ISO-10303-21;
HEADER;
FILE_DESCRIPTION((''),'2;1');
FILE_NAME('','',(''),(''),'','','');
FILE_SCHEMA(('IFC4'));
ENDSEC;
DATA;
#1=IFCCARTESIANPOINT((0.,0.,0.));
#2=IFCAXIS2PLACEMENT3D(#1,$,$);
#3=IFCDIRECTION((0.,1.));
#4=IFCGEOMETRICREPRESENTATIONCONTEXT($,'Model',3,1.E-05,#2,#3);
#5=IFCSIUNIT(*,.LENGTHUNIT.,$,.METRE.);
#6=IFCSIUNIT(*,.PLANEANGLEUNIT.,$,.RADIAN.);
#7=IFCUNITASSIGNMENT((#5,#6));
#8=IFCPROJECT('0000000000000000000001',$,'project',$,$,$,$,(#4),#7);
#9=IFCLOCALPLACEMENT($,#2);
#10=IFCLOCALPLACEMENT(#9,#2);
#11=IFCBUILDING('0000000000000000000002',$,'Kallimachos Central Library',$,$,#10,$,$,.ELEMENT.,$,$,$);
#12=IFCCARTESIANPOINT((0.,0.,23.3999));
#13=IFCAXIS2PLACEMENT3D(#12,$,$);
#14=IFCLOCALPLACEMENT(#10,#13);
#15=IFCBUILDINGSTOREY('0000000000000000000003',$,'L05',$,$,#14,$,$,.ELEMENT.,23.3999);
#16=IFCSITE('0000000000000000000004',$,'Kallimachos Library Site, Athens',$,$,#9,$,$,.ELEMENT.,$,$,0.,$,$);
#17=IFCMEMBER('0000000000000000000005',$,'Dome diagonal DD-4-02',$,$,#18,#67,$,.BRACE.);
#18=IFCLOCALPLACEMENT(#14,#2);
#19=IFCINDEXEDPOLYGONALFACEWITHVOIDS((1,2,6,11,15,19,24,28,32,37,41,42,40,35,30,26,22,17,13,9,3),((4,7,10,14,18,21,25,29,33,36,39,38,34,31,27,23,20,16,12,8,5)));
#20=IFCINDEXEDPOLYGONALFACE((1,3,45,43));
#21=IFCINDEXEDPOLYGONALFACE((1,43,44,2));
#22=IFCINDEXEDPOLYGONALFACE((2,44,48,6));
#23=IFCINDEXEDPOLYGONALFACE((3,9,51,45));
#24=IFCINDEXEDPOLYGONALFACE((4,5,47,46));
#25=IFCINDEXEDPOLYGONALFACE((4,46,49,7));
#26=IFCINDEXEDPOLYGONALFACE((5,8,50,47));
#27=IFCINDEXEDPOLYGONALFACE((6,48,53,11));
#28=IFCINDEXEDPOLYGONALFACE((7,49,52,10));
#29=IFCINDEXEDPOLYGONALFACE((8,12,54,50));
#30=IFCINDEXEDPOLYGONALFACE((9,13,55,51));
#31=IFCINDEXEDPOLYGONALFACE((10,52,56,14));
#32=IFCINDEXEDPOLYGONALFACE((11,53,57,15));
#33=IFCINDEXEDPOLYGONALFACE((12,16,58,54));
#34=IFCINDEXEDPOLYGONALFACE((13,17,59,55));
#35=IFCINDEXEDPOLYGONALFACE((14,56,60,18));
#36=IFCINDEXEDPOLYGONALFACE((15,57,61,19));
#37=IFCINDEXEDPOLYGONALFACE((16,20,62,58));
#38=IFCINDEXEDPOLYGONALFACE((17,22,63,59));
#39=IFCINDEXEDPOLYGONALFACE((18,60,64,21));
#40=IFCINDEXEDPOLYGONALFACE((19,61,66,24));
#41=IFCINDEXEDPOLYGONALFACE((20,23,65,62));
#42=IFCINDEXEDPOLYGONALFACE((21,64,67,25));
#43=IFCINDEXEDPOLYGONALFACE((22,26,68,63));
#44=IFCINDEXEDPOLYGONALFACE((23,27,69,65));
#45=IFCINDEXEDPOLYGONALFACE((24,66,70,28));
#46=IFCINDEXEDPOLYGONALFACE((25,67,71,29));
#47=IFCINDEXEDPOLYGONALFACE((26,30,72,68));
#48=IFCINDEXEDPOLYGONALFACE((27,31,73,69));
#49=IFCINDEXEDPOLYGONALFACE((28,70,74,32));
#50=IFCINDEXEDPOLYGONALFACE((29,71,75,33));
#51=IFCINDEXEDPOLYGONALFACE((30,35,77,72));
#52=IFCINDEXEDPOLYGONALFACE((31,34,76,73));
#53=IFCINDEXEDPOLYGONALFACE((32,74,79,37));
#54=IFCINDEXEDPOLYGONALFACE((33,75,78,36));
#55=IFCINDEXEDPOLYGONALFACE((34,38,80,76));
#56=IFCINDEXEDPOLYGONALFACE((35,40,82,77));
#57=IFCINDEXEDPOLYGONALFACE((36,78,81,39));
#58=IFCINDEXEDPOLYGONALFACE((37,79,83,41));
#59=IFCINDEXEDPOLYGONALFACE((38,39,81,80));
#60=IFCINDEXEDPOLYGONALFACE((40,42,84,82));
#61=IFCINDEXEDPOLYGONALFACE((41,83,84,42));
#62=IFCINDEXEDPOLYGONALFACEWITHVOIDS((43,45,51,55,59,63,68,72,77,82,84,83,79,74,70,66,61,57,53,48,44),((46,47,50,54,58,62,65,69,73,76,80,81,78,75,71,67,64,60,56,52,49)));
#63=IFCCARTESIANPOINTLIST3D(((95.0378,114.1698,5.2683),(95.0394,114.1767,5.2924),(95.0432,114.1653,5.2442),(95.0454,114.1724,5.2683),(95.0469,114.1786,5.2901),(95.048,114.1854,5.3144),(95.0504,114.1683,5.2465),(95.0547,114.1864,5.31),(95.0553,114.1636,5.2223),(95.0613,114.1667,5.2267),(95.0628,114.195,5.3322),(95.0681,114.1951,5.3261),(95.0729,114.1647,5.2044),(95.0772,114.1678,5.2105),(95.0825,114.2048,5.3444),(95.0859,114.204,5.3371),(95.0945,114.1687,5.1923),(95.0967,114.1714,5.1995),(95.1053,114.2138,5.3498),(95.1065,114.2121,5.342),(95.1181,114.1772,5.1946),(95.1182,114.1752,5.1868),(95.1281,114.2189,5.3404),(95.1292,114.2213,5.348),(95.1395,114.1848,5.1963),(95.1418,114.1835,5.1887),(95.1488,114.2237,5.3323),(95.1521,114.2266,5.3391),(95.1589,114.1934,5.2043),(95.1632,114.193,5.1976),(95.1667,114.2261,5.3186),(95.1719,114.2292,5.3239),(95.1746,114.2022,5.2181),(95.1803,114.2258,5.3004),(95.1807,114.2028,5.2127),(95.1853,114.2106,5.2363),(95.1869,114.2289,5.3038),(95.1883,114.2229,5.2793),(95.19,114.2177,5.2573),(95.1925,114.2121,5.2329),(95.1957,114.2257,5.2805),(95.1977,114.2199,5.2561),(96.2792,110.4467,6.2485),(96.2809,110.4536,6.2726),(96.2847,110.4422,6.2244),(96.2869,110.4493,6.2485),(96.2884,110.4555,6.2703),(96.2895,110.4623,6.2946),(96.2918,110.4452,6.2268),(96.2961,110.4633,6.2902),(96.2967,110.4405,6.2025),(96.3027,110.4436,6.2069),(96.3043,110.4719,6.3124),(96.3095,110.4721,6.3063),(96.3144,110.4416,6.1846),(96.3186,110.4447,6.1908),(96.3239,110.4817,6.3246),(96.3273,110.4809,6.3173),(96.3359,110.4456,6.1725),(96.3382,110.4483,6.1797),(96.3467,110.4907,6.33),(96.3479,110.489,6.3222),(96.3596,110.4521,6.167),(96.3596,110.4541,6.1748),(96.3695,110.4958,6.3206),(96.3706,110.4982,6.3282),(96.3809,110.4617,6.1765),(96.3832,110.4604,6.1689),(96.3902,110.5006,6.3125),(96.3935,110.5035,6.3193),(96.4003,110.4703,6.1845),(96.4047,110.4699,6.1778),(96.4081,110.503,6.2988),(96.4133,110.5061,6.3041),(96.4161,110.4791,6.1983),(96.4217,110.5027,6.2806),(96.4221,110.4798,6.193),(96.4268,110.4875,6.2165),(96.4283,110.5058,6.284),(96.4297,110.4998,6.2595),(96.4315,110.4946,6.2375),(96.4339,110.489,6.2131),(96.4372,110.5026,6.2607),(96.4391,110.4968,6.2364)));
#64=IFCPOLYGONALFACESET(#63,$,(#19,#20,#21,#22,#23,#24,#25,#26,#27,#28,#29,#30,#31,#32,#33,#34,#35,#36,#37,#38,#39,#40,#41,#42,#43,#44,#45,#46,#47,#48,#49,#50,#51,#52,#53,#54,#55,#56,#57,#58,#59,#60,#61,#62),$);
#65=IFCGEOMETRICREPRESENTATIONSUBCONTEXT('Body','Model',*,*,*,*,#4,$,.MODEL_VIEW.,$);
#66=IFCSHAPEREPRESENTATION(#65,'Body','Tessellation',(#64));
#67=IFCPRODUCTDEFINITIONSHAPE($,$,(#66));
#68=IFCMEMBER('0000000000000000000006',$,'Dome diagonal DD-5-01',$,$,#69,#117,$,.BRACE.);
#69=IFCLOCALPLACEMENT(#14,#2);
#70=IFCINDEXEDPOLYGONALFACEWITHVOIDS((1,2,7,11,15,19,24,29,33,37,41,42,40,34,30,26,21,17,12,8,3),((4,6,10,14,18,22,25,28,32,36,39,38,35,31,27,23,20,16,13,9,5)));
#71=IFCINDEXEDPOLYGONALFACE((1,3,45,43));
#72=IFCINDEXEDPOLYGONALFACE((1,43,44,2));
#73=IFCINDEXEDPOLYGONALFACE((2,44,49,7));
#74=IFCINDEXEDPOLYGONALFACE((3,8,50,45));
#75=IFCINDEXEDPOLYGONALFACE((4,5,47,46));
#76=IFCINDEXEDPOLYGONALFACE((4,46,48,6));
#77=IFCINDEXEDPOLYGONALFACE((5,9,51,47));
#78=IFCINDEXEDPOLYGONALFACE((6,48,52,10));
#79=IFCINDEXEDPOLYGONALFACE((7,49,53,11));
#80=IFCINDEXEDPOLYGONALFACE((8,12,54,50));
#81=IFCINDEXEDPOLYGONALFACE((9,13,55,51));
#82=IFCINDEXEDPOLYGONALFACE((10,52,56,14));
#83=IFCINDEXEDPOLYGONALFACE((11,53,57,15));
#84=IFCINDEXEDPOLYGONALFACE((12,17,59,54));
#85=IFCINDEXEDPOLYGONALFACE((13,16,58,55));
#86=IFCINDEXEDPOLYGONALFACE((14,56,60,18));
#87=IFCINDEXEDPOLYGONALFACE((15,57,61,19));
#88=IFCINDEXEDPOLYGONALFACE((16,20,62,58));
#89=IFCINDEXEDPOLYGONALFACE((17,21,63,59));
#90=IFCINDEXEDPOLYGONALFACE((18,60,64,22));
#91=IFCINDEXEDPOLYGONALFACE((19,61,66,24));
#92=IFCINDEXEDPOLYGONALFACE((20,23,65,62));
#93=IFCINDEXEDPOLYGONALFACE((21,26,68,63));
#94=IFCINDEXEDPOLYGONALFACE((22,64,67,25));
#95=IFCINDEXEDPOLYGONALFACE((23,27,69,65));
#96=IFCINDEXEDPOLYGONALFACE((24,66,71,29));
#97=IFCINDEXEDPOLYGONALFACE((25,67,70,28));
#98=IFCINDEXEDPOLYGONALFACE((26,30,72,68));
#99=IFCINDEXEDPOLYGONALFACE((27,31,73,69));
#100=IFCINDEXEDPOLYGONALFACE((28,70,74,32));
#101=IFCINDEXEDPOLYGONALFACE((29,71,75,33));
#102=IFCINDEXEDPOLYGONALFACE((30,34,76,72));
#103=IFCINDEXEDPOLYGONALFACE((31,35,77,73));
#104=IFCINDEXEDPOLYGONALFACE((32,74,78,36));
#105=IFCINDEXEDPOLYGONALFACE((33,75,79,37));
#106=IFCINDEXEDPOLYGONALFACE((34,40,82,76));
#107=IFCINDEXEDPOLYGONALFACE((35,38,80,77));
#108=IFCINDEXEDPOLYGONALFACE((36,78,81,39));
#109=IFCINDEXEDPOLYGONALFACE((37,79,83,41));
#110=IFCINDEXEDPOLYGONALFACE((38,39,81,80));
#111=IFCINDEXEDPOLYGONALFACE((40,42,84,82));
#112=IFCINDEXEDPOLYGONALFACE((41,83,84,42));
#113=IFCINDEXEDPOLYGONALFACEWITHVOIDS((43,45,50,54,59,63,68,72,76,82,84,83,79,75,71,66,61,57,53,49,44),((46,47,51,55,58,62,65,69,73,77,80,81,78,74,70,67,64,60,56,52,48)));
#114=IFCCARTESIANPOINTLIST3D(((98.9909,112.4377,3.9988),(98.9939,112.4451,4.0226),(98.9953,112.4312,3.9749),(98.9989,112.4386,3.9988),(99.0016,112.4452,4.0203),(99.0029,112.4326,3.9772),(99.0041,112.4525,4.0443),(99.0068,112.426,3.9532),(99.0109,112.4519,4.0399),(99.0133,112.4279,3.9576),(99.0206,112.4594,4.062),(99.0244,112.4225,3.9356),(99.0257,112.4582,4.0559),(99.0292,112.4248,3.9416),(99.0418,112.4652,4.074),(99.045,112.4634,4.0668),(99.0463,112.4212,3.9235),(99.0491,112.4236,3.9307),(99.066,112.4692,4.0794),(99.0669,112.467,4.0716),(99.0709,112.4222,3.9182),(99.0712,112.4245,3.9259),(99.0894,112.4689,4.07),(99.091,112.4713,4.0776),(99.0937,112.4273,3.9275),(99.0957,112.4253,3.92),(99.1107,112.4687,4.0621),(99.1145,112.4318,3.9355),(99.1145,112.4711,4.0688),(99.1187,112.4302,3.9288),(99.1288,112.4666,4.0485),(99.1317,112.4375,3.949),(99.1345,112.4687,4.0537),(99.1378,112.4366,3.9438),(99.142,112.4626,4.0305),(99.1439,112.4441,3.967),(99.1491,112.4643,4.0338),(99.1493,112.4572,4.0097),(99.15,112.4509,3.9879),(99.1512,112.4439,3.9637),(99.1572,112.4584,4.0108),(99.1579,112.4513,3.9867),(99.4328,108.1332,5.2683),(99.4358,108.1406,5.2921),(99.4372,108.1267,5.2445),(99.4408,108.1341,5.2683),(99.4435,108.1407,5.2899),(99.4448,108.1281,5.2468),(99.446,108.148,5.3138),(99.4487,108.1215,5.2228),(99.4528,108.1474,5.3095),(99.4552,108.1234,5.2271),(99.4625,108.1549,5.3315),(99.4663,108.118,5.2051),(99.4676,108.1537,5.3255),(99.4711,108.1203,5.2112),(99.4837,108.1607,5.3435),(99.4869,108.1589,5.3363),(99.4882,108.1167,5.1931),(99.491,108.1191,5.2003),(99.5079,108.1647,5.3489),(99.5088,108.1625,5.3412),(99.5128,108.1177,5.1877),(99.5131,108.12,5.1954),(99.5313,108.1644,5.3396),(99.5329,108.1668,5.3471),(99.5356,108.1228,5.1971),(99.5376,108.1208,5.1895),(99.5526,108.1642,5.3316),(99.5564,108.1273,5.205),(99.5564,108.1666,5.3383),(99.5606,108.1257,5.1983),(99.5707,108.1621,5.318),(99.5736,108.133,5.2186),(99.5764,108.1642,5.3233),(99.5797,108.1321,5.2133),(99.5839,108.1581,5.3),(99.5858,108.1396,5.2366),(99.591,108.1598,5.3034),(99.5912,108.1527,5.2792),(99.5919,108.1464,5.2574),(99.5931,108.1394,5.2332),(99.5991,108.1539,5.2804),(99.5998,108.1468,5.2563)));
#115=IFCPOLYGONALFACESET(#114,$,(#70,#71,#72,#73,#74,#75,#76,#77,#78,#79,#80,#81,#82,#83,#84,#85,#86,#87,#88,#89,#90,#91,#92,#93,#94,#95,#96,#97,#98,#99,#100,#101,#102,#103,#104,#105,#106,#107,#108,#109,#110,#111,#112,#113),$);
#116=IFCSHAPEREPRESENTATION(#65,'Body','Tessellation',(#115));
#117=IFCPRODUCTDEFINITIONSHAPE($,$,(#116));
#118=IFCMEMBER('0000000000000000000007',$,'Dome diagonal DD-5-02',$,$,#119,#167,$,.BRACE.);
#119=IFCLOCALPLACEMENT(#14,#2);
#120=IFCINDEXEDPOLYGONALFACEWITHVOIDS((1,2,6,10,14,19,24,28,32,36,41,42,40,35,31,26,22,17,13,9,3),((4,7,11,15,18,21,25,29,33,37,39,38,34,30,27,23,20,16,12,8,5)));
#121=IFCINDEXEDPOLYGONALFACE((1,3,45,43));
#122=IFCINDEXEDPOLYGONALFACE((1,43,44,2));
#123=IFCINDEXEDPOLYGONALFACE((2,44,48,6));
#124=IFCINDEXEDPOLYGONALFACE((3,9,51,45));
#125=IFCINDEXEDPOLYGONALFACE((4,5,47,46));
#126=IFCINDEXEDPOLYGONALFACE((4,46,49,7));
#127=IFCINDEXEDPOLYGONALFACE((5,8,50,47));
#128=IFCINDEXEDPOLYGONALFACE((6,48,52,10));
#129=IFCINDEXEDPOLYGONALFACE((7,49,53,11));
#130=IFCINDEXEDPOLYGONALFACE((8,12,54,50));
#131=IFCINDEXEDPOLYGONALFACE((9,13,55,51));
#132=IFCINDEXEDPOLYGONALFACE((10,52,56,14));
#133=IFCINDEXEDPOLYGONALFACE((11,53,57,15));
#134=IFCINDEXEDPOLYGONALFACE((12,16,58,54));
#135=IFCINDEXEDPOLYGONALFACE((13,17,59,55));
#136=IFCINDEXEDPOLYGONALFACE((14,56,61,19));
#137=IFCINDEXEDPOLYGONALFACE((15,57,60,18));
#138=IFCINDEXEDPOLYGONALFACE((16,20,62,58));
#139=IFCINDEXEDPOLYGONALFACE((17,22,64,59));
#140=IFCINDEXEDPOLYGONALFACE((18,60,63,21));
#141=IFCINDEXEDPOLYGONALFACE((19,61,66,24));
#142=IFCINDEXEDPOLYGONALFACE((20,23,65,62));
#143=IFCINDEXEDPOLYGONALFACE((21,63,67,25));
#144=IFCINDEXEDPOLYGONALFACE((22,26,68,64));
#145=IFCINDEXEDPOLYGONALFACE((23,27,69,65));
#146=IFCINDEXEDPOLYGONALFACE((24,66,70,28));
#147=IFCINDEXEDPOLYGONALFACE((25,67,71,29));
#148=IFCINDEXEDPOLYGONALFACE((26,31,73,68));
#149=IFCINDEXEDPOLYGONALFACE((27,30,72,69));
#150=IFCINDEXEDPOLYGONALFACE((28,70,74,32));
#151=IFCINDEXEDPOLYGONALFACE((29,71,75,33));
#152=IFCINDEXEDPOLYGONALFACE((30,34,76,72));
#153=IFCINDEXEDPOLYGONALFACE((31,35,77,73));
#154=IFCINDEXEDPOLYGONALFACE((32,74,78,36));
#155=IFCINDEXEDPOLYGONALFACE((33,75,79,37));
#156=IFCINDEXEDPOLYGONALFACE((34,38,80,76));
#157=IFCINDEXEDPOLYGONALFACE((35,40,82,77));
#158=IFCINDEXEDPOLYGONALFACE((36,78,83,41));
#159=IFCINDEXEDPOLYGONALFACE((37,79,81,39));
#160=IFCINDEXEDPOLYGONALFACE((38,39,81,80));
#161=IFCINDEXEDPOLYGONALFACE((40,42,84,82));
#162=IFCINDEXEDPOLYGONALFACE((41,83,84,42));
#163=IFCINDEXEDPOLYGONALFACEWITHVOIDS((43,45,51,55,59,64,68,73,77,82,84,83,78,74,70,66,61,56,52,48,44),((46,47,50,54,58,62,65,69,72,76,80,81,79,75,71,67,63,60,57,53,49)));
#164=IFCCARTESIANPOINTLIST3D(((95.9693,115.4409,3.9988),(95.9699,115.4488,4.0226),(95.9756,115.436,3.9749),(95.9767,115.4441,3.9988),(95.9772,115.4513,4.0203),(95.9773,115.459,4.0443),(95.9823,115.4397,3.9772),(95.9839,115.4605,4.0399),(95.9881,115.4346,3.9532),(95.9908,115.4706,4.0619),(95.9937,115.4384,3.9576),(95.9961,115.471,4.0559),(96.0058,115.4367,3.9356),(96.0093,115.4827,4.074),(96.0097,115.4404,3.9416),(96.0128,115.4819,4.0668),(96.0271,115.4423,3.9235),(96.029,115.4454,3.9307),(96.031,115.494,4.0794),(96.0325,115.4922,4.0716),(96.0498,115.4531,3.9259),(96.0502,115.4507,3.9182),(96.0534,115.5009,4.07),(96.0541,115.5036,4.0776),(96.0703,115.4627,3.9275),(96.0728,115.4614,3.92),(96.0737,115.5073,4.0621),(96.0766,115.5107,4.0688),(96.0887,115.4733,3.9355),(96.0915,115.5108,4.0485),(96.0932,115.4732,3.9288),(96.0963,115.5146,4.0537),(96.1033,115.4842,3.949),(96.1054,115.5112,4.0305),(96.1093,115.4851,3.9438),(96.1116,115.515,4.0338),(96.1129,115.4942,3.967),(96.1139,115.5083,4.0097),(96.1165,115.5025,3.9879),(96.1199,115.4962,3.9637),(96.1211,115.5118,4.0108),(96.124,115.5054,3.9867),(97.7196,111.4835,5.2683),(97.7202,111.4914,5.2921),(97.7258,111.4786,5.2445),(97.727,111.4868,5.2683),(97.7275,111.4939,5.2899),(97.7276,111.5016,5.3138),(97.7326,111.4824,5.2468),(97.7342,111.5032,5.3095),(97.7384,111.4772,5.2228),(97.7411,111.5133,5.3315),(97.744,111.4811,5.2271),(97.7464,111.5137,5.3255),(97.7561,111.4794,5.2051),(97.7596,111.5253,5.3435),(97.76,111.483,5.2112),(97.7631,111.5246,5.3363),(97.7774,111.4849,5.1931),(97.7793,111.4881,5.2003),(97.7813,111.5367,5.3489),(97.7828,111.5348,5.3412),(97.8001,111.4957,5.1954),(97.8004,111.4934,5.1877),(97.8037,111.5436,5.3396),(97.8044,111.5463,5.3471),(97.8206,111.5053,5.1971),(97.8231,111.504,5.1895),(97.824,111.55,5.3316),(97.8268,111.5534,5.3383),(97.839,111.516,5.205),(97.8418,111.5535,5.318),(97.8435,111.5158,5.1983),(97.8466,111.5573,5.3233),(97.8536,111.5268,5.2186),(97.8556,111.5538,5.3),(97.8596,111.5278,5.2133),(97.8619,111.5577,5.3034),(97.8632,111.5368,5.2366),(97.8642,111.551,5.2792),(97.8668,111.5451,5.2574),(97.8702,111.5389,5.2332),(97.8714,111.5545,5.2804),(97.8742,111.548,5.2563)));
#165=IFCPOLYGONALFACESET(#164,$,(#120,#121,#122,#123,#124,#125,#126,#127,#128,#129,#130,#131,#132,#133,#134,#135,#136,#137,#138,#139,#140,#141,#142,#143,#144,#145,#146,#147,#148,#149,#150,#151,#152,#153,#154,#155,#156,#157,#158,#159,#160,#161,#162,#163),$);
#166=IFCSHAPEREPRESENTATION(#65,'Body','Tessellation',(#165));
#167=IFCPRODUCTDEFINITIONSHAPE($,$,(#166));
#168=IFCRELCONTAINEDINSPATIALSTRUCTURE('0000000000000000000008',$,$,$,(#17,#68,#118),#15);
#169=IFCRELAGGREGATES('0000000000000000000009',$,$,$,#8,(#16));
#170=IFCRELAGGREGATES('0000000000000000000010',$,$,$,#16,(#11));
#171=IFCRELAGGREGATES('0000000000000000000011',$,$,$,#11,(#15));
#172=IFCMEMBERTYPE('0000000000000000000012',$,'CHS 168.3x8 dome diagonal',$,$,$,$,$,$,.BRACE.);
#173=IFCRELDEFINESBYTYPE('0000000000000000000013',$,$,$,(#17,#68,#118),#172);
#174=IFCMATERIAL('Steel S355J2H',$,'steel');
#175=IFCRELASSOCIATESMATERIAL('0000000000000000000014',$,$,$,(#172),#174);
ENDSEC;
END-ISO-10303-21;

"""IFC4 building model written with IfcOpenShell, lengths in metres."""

from ifc_helpers import new_model, si_unit, direction, frame, origin, origin_2d, place, context, subcontext, project, spatial, hollow_circle, extrude, material, material_profile, profile_set, type_object, element, save


model = new_model("IFC4")

# Units and contexts
model_context = context("Model", 3, precision=1e-05, world=origin(), true_north=direction((0.0, 1.0)))
body_context = subcontext(model_context, "Body", "Model", "MODEL_VIEW")
ifc_project = project(units=[si_unit("LENGTHUNIT", "METRE"), si_unit("PLANEANGLEUNIT", "RADIAN")], contexts=[model_context])

# Site, building, storey
site_placement = place(None, origin())
site = spatial("IfcSite", under=ifc_project, at=site_placement, Name="Kallimachos Library Site, Athens", CompositionType="ELEMENT", RefElevation=0.0)
building_placement = place(site_placement, origin())
building = spatial("IfcBuilding", under=site, at=building_placement, Name="Kallimachos Central Library", CompositionType="ELEMENT")
storey_placement = place(building_placement, frame((0.0, 0.0, 23.3999)))
storey = spatial("IfcBuildingStorey", under=building, at=storey_placement, Name="L05", CompositionType="ELEMENT", Elevation=23.3999)

# Members
ifc_material_1 = material(Name="Steel S355J2H", Category="steel")
ifc_material_profile_1 = material_profile(ifc_material_1, hollow_circle(Radius=0.0842, WallThickness=0.0081, at=origin_2d()), Name="CHS 168.3x8")
ifc_profile_set_1 = profile_set([ifc_material_profile_1], Name="Steel S355J2H")
member_type_1 = type_object("IfcMemberType", Name="CHS 168.3x8 dome diagonal", PredefinedType="BRACE", material=ifc_profile_set_1)
for number, where, z_axis, x_axis, name in (
    (1, (96.3591, 110.4734, 6.2485), (-0.306894, 0.92038, -0.242316), (-0.948652, -0.316321, 0.0), "Dome diagonal DD-4-02"),
):
    element("IfcMember", number, at=place(storey_placement, frame(where, z_axis=z_axis, x_axis=x_axis)), inside=storey, type_object=member_type_1, Name=name, PredefinedType="BRACE", context=body_context, shape_type="SweptSolid", body=[
        extrude(hollow_circle(Radius=0.0842, WallThickness=0.0081, at=origin_2d()), origin(), (0.0, 0.0, 1.0), 4.0452),
    ])
for number, where, z_axis, x_axis, name in (
    (2, (99.5166, 108.1418, 5.2683), (-0.097993, 0.954537, -0.281526), (-0.994772, -0.102123, 0.0), "Dome diagonal DD-5-01"),
    (3, (97.7966, 111.5176, 5.2683), (-0.388129, 0.877553, -0.281527), (-0.914543, -0.404489, 0.0), "Dome diagonal DD-5-02"),
):
    element("IfcMember", number, at=place(storey_placement, frame(where, z_axis=z_axis, x_axis=x_axis)), inside=storey, type_object=member_type_1, Name=name, PredefinedType="BRACE", context=body_context, shape_type="SweptSolid", body=[
        extrude(hollow_circle(Radius=0.0842, WallThickness=0.0081, at=origin_2d()), origin(), (0.0, 0.0, 1.0), 4.5095),
    ])

save(model, "model.ifc")
